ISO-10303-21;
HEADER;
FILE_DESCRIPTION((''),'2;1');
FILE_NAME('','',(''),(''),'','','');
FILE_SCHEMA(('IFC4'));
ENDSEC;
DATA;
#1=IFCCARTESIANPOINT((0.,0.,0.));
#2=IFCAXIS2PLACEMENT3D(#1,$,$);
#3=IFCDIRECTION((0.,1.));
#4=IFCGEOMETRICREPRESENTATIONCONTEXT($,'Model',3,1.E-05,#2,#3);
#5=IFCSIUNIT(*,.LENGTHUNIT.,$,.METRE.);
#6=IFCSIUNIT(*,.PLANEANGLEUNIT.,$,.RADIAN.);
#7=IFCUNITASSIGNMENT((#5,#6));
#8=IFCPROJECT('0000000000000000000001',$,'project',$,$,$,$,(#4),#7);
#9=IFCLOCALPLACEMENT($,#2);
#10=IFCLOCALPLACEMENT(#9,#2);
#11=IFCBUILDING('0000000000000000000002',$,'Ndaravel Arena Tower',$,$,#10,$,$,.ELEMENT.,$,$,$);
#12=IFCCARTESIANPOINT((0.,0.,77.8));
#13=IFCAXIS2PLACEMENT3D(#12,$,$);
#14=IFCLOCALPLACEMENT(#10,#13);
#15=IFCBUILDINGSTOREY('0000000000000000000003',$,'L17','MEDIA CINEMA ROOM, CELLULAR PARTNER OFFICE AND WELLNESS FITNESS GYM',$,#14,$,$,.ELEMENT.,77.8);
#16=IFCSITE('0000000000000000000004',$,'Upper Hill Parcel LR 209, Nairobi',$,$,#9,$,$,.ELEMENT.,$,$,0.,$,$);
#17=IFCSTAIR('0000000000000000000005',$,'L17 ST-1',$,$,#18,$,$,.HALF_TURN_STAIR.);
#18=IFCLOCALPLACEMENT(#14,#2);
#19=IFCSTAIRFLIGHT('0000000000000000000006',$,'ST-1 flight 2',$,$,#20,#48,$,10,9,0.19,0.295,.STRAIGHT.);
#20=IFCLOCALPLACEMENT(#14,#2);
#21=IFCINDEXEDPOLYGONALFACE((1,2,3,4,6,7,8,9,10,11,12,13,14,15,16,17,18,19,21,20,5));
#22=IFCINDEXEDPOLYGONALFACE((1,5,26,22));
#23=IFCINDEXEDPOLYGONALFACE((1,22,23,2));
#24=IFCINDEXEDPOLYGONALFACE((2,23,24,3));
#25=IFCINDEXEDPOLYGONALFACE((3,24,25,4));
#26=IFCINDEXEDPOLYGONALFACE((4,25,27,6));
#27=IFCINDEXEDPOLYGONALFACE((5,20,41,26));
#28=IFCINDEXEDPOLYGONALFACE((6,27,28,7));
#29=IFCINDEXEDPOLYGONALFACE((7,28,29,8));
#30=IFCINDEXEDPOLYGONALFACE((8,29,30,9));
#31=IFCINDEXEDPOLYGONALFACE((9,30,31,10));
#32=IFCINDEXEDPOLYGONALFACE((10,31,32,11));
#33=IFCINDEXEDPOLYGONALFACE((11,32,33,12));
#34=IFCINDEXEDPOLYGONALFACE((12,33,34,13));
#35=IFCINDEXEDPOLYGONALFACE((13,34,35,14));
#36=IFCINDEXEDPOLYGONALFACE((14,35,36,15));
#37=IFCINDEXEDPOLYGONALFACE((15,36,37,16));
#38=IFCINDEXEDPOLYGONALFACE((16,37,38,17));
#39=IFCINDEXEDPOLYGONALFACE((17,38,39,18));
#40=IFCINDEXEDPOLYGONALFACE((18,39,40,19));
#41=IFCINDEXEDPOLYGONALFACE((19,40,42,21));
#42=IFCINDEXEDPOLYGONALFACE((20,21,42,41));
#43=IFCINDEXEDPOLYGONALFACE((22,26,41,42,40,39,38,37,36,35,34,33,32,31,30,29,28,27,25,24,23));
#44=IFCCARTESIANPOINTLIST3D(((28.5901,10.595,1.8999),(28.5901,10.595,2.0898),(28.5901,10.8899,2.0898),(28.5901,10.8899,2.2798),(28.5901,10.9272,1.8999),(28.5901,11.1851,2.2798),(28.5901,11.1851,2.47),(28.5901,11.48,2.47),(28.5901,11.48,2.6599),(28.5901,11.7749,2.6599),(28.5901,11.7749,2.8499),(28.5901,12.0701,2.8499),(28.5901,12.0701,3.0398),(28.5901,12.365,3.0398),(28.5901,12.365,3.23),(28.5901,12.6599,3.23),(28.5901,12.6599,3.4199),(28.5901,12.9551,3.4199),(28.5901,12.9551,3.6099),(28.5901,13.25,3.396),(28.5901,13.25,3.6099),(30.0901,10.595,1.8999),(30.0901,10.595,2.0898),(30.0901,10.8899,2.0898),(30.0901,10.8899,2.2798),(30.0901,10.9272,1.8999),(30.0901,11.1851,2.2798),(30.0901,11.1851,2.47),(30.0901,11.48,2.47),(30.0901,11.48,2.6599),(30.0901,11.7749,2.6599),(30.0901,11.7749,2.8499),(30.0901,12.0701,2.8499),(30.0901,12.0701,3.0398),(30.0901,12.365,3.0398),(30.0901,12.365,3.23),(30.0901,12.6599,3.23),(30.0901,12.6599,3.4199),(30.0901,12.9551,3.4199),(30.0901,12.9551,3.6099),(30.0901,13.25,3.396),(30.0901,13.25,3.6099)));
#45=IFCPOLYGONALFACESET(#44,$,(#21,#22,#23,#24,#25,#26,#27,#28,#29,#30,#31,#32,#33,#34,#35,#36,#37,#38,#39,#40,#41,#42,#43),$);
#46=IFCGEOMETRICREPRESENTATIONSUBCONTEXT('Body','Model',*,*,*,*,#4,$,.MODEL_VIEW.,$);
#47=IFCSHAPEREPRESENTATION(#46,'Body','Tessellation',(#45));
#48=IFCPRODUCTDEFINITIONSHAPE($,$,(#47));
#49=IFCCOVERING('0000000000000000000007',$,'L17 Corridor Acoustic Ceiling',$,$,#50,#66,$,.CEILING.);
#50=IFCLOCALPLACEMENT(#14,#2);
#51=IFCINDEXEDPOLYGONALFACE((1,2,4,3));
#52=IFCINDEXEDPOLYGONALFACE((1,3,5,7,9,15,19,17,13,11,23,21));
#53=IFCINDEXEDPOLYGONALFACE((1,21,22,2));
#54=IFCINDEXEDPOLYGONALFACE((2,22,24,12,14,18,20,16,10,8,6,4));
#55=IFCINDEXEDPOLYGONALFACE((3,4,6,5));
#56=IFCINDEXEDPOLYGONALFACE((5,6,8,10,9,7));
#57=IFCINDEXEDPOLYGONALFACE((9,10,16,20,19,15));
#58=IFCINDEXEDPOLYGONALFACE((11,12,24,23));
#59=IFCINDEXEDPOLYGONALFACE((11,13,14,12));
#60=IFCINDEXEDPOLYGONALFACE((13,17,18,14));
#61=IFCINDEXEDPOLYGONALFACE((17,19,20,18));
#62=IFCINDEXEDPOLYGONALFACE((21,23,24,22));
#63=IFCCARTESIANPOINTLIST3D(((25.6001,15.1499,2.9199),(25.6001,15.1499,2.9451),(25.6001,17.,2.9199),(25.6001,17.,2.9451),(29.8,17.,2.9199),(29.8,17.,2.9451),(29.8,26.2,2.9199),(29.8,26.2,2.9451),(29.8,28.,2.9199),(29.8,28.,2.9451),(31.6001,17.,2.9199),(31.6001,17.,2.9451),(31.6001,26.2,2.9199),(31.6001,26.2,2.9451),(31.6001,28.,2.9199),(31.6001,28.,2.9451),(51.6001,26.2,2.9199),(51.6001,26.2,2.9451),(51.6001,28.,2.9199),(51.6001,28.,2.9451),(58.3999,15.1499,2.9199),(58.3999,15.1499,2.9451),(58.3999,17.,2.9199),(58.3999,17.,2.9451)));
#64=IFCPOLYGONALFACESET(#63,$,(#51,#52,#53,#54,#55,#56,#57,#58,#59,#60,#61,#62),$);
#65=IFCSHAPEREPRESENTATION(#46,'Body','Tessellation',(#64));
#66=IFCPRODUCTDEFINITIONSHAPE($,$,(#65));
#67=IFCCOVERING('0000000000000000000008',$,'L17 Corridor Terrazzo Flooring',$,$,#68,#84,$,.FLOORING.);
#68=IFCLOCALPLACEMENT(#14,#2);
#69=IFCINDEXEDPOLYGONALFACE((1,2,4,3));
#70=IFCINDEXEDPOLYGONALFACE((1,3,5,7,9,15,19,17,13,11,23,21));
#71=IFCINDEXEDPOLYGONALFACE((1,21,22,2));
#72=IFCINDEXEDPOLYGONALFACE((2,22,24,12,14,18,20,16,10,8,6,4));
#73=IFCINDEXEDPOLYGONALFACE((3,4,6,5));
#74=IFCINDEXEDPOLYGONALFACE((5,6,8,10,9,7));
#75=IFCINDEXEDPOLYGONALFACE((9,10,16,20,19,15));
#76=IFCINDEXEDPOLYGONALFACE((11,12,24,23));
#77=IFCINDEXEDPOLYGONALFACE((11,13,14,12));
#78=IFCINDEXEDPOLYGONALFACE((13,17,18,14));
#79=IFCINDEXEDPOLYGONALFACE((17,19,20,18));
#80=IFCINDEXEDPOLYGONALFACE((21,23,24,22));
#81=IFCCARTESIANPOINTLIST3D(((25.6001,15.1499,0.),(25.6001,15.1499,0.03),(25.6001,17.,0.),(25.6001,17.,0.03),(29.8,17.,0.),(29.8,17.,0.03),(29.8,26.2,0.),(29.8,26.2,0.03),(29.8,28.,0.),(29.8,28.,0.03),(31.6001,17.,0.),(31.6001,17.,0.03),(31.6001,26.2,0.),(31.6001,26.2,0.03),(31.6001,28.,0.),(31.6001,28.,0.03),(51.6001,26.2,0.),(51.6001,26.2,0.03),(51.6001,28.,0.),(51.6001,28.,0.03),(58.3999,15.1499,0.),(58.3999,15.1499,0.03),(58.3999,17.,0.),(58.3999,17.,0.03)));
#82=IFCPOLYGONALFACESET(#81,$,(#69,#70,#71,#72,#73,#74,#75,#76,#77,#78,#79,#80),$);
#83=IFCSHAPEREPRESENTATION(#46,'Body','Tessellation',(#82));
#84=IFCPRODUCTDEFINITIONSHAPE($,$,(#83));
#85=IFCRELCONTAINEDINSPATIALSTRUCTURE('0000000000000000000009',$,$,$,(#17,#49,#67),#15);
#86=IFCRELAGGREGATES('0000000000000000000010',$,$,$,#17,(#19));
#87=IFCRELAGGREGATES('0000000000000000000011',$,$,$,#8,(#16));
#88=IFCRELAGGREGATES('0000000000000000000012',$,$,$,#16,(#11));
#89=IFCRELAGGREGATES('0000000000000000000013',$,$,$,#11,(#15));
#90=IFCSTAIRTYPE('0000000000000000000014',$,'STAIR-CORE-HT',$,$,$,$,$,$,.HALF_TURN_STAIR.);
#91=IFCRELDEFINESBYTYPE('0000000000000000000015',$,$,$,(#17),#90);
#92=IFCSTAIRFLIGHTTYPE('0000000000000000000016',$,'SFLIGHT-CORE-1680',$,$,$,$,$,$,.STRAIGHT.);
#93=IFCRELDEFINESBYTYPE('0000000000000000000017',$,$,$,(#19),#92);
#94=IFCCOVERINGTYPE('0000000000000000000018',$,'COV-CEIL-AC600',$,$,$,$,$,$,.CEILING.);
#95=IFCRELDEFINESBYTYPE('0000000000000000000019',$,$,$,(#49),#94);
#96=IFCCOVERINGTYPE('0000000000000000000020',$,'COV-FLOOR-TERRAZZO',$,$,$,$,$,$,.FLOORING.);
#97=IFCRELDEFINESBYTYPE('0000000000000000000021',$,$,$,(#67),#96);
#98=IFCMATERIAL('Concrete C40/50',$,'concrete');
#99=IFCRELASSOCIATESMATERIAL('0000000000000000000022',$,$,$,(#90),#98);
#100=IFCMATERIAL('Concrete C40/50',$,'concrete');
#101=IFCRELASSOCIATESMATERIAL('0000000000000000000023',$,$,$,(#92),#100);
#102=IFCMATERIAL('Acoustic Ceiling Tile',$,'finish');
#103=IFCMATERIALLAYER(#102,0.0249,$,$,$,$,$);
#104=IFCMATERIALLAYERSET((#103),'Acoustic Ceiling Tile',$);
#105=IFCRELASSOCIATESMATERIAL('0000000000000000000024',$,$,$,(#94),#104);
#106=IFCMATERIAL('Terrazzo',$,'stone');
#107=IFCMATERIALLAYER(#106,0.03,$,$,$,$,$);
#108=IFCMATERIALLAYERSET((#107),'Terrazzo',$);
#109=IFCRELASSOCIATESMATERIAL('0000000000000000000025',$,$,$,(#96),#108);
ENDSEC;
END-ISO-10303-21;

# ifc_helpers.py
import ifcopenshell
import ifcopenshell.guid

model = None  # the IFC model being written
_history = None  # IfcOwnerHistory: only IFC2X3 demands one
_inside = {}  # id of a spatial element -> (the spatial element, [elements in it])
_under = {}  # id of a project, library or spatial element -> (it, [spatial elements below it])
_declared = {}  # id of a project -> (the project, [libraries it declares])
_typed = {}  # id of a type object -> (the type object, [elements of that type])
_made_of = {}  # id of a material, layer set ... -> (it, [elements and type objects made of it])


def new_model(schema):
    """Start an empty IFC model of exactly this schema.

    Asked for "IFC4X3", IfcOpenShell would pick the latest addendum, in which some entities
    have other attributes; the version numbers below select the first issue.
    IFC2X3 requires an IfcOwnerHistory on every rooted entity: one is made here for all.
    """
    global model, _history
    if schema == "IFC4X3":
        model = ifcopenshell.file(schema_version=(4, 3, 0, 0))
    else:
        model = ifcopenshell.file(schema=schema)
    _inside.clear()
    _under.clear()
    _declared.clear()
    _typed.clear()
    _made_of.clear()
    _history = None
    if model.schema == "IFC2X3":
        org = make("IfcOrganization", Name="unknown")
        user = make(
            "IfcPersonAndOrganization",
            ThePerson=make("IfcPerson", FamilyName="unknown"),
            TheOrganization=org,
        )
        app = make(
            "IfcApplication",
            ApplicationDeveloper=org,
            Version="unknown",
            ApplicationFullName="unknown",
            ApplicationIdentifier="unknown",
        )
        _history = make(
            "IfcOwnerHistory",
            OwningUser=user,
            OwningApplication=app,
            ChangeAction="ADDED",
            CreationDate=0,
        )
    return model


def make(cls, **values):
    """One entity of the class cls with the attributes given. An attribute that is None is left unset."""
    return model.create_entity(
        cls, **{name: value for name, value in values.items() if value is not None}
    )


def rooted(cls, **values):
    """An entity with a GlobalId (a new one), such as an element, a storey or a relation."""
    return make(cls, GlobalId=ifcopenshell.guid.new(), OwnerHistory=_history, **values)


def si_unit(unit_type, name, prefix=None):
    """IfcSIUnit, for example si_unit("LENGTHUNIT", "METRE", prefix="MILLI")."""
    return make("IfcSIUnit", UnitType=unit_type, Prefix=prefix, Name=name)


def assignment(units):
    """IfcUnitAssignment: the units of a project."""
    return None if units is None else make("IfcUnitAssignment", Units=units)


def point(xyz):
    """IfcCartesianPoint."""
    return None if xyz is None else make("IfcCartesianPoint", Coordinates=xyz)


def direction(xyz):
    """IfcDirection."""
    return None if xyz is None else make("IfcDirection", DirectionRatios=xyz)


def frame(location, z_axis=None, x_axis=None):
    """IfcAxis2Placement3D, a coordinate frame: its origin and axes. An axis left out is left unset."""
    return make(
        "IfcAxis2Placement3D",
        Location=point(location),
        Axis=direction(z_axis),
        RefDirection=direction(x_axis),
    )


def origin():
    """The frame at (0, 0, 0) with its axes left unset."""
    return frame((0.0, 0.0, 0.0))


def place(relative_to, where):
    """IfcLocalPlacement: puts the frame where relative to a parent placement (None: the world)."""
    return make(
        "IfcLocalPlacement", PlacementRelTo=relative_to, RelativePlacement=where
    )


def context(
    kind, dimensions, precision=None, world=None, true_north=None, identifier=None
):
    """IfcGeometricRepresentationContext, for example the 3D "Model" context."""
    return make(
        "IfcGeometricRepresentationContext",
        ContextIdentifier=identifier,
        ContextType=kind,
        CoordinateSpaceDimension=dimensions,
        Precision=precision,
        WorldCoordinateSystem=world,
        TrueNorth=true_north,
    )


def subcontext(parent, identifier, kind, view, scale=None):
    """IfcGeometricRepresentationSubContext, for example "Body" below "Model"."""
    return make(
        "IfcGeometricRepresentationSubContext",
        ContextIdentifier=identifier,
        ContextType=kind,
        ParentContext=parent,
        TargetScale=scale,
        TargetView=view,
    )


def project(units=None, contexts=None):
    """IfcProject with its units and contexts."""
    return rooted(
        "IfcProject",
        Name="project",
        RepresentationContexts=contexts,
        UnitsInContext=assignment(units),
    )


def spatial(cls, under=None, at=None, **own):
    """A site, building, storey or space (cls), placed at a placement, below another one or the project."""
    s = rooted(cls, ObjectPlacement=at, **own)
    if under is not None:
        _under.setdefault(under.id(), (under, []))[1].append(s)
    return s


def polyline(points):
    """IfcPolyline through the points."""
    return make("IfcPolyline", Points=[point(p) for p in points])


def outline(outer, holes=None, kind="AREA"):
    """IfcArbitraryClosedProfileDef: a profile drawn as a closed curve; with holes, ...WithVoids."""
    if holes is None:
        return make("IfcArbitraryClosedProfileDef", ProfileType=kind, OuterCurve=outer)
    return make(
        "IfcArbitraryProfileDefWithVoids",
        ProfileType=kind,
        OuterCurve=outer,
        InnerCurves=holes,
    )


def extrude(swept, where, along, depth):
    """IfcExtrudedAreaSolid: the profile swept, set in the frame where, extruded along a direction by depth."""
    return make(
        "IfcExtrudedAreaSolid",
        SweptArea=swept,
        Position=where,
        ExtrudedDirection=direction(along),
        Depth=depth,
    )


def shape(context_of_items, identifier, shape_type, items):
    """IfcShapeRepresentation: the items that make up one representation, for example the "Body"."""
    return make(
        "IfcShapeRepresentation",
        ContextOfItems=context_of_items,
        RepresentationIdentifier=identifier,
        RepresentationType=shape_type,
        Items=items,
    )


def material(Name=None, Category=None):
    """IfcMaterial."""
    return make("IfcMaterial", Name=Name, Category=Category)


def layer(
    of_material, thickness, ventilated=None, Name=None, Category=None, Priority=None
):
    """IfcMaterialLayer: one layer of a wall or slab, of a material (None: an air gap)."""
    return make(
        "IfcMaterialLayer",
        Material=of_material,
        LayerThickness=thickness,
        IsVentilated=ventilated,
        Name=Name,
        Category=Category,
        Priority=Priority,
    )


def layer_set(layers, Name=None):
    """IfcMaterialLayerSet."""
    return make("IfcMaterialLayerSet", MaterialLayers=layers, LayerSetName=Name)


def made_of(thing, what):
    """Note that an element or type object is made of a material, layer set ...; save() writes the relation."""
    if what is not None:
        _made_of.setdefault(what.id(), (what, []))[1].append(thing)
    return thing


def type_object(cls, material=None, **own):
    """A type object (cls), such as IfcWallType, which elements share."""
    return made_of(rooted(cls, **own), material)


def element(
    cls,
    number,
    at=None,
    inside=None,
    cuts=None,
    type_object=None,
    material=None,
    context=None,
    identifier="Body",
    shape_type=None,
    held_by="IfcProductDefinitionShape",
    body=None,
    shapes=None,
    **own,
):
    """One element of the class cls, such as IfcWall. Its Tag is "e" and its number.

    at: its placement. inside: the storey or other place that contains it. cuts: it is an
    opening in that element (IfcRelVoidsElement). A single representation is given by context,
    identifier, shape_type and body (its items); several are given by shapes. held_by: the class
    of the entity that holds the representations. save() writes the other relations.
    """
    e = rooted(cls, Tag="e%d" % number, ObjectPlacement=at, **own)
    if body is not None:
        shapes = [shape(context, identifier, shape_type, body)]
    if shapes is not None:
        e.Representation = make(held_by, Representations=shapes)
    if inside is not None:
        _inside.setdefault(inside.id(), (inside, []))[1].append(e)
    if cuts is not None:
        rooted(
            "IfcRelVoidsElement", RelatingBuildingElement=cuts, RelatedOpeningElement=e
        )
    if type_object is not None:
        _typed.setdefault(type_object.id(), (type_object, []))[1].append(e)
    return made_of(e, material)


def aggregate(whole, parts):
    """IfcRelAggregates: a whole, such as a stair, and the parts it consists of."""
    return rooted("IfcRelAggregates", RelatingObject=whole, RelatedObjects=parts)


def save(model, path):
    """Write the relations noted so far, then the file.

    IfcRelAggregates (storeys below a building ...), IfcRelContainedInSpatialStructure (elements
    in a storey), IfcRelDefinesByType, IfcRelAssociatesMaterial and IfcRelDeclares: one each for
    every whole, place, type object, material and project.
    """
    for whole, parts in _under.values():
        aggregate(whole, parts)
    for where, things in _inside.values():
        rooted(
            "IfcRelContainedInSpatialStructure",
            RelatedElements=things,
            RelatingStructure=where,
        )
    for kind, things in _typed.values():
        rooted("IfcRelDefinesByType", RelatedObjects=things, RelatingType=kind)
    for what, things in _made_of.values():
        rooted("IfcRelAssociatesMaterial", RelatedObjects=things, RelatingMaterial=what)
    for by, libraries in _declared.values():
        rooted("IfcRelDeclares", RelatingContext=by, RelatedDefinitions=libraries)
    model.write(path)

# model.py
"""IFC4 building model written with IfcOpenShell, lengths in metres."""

from ifc_helpers import new_model, si_unit, direction, frame, origin, place, context, subcontext, project, spatial, polyline, outline, extrude, material, layer, layer_set, type_object, element, aggregate, save


model = new_model("IFC4")

# Units and contexts
model_context = context("Model", 3, precision=1e-05, world=origin(), true_north=direction((0.0, 1.0)))
body_context = subcontext(model_context, "Body", "Model", "MODEL_VIEW")
ifc_project = project(units=[si_unit("LENGTHUNIT", "METRE"), si_unit("PLANEANGLEUNIT", "RADIAN")], contexts=[model_context])

# Site, building, storey
site_placement = place(None, origin())
site = spatial("IfcSite", under=ifc_project, at=site_placement, Name="Upper Hill Parcel LR 209, Nairobi", CompositionType="ELEMENT", RefElevation=0.0)
building_placement = place(site_placement, origin())
building = spatial("IfcBuilding", under=site, at=building_placement, Name="Ndaravel Arena Tower", CompositionType="ELEMENT")
storey_placement = place(building_placement, frame((0.0, 0.0, 77.8)))
storey = spatial("IfcBuildingStorey", under=building, at=storey_placement, Name="L17", Description="MEDIA CINEMA ROOM, CELLULAR PARTNER OFFICE AND WELLNESS FITNESS GYM", CompositionType="ELEMENT", Elevation=77.8)

# Stair
ifc_material_1 = material(Name="Concrete C40/50", Category="concrete")
stair_type = type_object("IfcStairType", Name="STAIR-CORE-HT", PredefinedType="HALF_TURN_STAIR", material=ifc_material_1)
stair_1_placement = place(storey_placement, origin())
stair_1 = element("IfcStair", 1, at=stair_1_placement, inside=storey, type_object=stair_type, Name="L17 ST-1", PredefinedType="HALF_TURN_STAIR")

# Stair flight
ifc_material_2 = material(Name="Concrete C40/50", Category="concrete")
stair_flight_type = type_object("IfcStairFlightType", Name="SFLIGHT-CORE-1680", PredefinedType="STRAIGHT", material=ifc_material_2)
stair_flight_1_placement = place(storey_placement, frame((29.3401, 10.595, 1.8999), z_axis=(0.0, 0.0, 1.0), x_axis=(0.0, 1.0, 0.0)))
stair_flight_1 = element("IfcStairFlight", 2, at=stair_flight_1_placement, type_object=stair_flight_type, Name="ST-1 flight 2", NumberOfRisers=10, NumberOfTreads=9, PredefinedType="STRAIGHT", RiserHeight=0.19, TreadLength=0.295, context=body_context, shape_type="SweptSolid", body=[
    extrude(outline(polyline([(0.0, 0.0), (0.0, 0.1899), (0.2949, 0.1899), (0.2949, 0.3799), (0.5901, 0.3799), (0.5901, 0.5701), (0.885, 0.5701), (0.885, 0.76), (1.1799, 0.76), (1.1799, 0.95), (1.4751, 0.95), (1.4751, 1.1399), (1.77, 1.1399), (1.77, 1.3301), (2.0649, 1.3301), (2.0649, 1.52), (2.3601, 1.52), (2.3601, 1.71), (2.655, 1.71), (2.655, 1.8999), (2.655, 1.4961), (0.3323, 0.0), (0.0, 0.0)])), frame((0.0, 0.75, 0.0), z_axis=(0.0, -1.0, 0.0), x_axis=(1.0, 0.0, 0.0)), (0.0, 0.0, 1.0), 1.5),
])
aggregate(stair_1, [stair_flight_1])

# Coverings
ifc_material_3 = material(Name="Acoustic Ceiling Tile", Category="finish")
ifc_layer_1 = layer(ifc_material_3, 0.0249)
ifc_layer_set_1 = layer_set([ifc_layer_1], Name="Acoustic Ceiling Tile")
covering_type_1 = type_object("IfcCoveringType", Name="COV-CEIL-AC600", PredefinedType="CEILING", material=ifc_layer_set_1)
covering_1_placement = place(storey_placement, frame((0.0, 0.0, 2.9199)))
element("IfcCovering", 3, at=covering_1_placement, inside=storey, type_object=covering_type_1, Name="L17 Corridor Acoustic Ceiling", PredefinedType="CEILING", context=body_context, shape_type="SweptSolid", body=[
    extrude(outline(polyline([(58.3999, 17.0), (31.6001, 17.0), (31.6001, 26.2), (51.6001, 26.2), (51.6001, 28.0), (31.6001, 28.0), (29.8, 28.0), (29.8, 26.2), (29.8, 17.0), (25.6001, 17.0), (25.6001, 15.1499), (58.3999, 15.1499), (58.3999, 17.0)])), origin(), (0.0, 0.0, 1.0), 0.0251),
])
ifc_material_4 = material(Name="Terrazzo", Category="stone")
ifc_layer_2 = layer(ifc_material_4, 0.03)
ifc_layer_set_2 = layer_set([ifc_layer_2], Name="Terrazzo")
covering_type_2 = type_object("IfcCoveringType", Name="COV-FLOOR-TERRAZZO", PredefinedType="FLOORING", material=ifc_layer_set_2)
covering_2_placement = place(storey_placement, origin())
element("IfcCovering", 4, at=covering_2_placement, inside=storey, type_object=covering_type_2, Name="L17 Corridor Terrazzo Flooring", PredefinedType="FLOORING", context=body_context, shape_type="SweptSolid", body=[
    extrude(outline(polyline([(58.3999, 17.0), (31.6001, 17.0), (31.6001, 26.2), (51.6001, 26.2), (51.6001, 28.0), (31.6001, 28.0), (29.8, 28.0), (29.8, 26.2), (29.8, 17.0), (25.6001, 17.0), (25.6001, 15.1499), (58.3999, 15.1499), (58.3999, 17.0)])), origin(), (0.0, 0.0, 1.0), 0.03),
])

save(model, "model.ifc")
